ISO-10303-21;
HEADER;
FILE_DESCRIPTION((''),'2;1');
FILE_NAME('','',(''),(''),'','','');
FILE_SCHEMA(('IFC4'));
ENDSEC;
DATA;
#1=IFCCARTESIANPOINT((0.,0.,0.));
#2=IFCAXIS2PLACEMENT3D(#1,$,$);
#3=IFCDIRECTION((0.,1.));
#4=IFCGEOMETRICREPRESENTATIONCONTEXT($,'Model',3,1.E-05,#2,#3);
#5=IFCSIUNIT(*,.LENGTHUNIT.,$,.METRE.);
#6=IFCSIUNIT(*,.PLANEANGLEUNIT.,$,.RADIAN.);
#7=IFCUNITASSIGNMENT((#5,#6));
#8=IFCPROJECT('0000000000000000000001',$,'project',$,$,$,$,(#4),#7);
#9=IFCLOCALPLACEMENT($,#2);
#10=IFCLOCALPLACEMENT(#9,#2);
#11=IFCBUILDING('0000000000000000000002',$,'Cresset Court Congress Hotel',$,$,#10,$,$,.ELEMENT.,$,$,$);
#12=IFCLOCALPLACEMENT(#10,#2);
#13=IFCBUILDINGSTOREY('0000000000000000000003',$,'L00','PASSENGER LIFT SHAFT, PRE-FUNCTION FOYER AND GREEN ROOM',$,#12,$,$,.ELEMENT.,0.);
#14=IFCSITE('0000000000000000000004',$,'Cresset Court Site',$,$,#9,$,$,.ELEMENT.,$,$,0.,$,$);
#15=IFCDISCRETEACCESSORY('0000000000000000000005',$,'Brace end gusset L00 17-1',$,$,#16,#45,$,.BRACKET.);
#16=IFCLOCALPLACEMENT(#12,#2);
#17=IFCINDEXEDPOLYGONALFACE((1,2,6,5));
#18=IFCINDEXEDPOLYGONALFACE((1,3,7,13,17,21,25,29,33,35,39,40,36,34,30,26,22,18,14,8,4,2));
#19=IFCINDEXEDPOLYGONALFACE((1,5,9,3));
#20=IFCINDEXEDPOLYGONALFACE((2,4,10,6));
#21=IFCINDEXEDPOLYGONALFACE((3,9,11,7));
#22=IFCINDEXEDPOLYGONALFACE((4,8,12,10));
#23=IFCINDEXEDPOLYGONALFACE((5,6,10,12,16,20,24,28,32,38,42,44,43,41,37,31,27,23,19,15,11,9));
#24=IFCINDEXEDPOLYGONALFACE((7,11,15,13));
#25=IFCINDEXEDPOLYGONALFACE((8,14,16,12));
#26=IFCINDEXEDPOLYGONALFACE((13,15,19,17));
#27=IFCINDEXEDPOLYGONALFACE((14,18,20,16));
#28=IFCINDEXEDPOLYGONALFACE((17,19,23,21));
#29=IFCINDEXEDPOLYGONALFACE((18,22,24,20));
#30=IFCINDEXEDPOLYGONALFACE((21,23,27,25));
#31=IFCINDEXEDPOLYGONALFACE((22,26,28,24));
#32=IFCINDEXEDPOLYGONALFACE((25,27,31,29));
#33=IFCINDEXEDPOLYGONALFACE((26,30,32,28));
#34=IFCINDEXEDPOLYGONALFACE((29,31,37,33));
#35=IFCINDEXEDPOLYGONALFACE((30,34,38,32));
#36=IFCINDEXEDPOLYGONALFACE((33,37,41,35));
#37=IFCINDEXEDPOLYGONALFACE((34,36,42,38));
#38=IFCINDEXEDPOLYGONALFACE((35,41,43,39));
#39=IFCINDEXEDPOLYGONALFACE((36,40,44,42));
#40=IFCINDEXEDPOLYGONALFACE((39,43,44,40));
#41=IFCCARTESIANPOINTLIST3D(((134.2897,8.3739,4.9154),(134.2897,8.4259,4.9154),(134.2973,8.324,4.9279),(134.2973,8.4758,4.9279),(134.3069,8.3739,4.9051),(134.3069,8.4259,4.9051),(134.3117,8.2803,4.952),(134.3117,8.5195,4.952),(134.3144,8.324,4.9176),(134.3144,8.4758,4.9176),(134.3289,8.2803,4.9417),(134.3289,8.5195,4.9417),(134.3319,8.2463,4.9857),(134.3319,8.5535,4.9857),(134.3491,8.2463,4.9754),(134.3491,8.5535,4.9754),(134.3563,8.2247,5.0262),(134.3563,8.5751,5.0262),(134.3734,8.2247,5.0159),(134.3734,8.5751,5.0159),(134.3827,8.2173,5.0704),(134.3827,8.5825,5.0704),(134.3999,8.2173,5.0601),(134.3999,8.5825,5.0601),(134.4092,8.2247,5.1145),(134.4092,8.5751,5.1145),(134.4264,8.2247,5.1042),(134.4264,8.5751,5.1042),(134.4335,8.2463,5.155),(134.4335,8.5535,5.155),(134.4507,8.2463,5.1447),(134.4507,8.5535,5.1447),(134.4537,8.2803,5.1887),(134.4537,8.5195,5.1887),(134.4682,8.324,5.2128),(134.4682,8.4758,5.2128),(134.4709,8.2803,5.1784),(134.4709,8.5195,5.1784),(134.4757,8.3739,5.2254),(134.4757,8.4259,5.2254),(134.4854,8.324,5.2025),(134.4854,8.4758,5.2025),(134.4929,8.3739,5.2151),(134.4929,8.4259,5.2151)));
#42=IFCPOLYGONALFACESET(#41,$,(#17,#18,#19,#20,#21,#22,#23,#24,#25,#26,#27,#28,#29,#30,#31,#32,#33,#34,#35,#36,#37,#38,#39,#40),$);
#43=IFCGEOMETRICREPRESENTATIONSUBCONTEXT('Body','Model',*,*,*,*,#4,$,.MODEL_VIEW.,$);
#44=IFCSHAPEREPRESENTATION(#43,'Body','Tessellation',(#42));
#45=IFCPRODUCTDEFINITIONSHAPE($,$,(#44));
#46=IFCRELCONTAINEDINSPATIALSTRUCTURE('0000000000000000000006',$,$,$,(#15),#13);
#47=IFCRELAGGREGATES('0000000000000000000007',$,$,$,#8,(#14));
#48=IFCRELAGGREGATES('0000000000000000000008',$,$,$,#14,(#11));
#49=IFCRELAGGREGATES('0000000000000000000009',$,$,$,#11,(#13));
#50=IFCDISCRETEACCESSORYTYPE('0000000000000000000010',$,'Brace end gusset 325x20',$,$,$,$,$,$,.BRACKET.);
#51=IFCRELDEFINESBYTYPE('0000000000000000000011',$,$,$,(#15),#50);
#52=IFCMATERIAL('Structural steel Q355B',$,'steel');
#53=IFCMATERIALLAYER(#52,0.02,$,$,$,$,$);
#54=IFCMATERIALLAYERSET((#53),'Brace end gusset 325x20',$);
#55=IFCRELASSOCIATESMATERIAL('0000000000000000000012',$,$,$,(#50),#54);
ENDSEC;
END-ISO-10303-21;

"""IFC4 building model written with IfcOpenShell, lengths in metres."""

from ifc_helpers import new_model, si_unit, direction, frame, origin, origin_2d, place, context, subcontext, project, spatial, circle, extrude, material, layer, layer_set, type_object, element, save


model = new_model("IFC4")

# Units and contexts
model_context = context("Model", 3, precision=1e-05, world=origin(), true_north=direction((0.0, 1.0)))
body_context = subcontext(model_context, "Body", "Model", "MODEL_VIEW")
ifc_project = project(units=[si_unit("LENGTHUNIT", "METRE"), si_unit("PLANEANGLEUNIT", "RADIAN")], contexts=[model_context])

# Site, building, storey
site_placement = place(None, origin())
site = spatial("IfcSite", under=ifc_project, at=site_placement, Name="Cresset Court Site", CompositionType="ELEMENT", RefElevation=0.0)
building_placement = place(site_placement, origin())
building = spatial("IfcBuilding", under=site, at=building_placement, Name="Cresset Court Congress Hotel", CompositionType="ELEMENT")
storey_placement = place(building_placement, origin())
storey = spatial("IfcBuildingStorey", under=building, at=storey_placement, Name="L00", Description="PASSENGER LIFT SHAFT, PRE-FUNCTION FOYER AND GREEN ROOM", CompositionType="ELEMENT", Elevation=0.0)

# Discrete accessory
ifc_material_1 = material(Name="Structural steel Q355B", Category="steel")
ifc_layer_1 = layer(ifc_material_1, 0.02)
ifc_layer_set_1 = layer_set([ifc_layer_1], Name="Brace end gusset 325x20")
discrete_accessory_type = type_object("IfcDiscreteAccessoryType", Name="Brace end gusset 325x20", PredefinedType="BRACKET", material=ifc_layer_set_1)
discrete_accessory_placement = place(storey_placement, frame((134.3999, 8.3999, 5.0601), z_axis=(-0.857493, 0.0, 0.514496), x_axis=(0.0, -1.0, 0.0)))
element("IfcDiscreteAccessory", 1, at=discrete_accessory_placement, inside=storey, type_object=discrete_accessory_type, Name="Brace end gusset L00 17-1", PredefinedType="BRACKET", context=body_context, shape_type="SweptSolid", body=[
    extrude(circle(Radius=0.1826, at=origin_2d()), origin(), (0.0, 0.0, 1.0), 0.02),
])

save(model, "model.ifc")
